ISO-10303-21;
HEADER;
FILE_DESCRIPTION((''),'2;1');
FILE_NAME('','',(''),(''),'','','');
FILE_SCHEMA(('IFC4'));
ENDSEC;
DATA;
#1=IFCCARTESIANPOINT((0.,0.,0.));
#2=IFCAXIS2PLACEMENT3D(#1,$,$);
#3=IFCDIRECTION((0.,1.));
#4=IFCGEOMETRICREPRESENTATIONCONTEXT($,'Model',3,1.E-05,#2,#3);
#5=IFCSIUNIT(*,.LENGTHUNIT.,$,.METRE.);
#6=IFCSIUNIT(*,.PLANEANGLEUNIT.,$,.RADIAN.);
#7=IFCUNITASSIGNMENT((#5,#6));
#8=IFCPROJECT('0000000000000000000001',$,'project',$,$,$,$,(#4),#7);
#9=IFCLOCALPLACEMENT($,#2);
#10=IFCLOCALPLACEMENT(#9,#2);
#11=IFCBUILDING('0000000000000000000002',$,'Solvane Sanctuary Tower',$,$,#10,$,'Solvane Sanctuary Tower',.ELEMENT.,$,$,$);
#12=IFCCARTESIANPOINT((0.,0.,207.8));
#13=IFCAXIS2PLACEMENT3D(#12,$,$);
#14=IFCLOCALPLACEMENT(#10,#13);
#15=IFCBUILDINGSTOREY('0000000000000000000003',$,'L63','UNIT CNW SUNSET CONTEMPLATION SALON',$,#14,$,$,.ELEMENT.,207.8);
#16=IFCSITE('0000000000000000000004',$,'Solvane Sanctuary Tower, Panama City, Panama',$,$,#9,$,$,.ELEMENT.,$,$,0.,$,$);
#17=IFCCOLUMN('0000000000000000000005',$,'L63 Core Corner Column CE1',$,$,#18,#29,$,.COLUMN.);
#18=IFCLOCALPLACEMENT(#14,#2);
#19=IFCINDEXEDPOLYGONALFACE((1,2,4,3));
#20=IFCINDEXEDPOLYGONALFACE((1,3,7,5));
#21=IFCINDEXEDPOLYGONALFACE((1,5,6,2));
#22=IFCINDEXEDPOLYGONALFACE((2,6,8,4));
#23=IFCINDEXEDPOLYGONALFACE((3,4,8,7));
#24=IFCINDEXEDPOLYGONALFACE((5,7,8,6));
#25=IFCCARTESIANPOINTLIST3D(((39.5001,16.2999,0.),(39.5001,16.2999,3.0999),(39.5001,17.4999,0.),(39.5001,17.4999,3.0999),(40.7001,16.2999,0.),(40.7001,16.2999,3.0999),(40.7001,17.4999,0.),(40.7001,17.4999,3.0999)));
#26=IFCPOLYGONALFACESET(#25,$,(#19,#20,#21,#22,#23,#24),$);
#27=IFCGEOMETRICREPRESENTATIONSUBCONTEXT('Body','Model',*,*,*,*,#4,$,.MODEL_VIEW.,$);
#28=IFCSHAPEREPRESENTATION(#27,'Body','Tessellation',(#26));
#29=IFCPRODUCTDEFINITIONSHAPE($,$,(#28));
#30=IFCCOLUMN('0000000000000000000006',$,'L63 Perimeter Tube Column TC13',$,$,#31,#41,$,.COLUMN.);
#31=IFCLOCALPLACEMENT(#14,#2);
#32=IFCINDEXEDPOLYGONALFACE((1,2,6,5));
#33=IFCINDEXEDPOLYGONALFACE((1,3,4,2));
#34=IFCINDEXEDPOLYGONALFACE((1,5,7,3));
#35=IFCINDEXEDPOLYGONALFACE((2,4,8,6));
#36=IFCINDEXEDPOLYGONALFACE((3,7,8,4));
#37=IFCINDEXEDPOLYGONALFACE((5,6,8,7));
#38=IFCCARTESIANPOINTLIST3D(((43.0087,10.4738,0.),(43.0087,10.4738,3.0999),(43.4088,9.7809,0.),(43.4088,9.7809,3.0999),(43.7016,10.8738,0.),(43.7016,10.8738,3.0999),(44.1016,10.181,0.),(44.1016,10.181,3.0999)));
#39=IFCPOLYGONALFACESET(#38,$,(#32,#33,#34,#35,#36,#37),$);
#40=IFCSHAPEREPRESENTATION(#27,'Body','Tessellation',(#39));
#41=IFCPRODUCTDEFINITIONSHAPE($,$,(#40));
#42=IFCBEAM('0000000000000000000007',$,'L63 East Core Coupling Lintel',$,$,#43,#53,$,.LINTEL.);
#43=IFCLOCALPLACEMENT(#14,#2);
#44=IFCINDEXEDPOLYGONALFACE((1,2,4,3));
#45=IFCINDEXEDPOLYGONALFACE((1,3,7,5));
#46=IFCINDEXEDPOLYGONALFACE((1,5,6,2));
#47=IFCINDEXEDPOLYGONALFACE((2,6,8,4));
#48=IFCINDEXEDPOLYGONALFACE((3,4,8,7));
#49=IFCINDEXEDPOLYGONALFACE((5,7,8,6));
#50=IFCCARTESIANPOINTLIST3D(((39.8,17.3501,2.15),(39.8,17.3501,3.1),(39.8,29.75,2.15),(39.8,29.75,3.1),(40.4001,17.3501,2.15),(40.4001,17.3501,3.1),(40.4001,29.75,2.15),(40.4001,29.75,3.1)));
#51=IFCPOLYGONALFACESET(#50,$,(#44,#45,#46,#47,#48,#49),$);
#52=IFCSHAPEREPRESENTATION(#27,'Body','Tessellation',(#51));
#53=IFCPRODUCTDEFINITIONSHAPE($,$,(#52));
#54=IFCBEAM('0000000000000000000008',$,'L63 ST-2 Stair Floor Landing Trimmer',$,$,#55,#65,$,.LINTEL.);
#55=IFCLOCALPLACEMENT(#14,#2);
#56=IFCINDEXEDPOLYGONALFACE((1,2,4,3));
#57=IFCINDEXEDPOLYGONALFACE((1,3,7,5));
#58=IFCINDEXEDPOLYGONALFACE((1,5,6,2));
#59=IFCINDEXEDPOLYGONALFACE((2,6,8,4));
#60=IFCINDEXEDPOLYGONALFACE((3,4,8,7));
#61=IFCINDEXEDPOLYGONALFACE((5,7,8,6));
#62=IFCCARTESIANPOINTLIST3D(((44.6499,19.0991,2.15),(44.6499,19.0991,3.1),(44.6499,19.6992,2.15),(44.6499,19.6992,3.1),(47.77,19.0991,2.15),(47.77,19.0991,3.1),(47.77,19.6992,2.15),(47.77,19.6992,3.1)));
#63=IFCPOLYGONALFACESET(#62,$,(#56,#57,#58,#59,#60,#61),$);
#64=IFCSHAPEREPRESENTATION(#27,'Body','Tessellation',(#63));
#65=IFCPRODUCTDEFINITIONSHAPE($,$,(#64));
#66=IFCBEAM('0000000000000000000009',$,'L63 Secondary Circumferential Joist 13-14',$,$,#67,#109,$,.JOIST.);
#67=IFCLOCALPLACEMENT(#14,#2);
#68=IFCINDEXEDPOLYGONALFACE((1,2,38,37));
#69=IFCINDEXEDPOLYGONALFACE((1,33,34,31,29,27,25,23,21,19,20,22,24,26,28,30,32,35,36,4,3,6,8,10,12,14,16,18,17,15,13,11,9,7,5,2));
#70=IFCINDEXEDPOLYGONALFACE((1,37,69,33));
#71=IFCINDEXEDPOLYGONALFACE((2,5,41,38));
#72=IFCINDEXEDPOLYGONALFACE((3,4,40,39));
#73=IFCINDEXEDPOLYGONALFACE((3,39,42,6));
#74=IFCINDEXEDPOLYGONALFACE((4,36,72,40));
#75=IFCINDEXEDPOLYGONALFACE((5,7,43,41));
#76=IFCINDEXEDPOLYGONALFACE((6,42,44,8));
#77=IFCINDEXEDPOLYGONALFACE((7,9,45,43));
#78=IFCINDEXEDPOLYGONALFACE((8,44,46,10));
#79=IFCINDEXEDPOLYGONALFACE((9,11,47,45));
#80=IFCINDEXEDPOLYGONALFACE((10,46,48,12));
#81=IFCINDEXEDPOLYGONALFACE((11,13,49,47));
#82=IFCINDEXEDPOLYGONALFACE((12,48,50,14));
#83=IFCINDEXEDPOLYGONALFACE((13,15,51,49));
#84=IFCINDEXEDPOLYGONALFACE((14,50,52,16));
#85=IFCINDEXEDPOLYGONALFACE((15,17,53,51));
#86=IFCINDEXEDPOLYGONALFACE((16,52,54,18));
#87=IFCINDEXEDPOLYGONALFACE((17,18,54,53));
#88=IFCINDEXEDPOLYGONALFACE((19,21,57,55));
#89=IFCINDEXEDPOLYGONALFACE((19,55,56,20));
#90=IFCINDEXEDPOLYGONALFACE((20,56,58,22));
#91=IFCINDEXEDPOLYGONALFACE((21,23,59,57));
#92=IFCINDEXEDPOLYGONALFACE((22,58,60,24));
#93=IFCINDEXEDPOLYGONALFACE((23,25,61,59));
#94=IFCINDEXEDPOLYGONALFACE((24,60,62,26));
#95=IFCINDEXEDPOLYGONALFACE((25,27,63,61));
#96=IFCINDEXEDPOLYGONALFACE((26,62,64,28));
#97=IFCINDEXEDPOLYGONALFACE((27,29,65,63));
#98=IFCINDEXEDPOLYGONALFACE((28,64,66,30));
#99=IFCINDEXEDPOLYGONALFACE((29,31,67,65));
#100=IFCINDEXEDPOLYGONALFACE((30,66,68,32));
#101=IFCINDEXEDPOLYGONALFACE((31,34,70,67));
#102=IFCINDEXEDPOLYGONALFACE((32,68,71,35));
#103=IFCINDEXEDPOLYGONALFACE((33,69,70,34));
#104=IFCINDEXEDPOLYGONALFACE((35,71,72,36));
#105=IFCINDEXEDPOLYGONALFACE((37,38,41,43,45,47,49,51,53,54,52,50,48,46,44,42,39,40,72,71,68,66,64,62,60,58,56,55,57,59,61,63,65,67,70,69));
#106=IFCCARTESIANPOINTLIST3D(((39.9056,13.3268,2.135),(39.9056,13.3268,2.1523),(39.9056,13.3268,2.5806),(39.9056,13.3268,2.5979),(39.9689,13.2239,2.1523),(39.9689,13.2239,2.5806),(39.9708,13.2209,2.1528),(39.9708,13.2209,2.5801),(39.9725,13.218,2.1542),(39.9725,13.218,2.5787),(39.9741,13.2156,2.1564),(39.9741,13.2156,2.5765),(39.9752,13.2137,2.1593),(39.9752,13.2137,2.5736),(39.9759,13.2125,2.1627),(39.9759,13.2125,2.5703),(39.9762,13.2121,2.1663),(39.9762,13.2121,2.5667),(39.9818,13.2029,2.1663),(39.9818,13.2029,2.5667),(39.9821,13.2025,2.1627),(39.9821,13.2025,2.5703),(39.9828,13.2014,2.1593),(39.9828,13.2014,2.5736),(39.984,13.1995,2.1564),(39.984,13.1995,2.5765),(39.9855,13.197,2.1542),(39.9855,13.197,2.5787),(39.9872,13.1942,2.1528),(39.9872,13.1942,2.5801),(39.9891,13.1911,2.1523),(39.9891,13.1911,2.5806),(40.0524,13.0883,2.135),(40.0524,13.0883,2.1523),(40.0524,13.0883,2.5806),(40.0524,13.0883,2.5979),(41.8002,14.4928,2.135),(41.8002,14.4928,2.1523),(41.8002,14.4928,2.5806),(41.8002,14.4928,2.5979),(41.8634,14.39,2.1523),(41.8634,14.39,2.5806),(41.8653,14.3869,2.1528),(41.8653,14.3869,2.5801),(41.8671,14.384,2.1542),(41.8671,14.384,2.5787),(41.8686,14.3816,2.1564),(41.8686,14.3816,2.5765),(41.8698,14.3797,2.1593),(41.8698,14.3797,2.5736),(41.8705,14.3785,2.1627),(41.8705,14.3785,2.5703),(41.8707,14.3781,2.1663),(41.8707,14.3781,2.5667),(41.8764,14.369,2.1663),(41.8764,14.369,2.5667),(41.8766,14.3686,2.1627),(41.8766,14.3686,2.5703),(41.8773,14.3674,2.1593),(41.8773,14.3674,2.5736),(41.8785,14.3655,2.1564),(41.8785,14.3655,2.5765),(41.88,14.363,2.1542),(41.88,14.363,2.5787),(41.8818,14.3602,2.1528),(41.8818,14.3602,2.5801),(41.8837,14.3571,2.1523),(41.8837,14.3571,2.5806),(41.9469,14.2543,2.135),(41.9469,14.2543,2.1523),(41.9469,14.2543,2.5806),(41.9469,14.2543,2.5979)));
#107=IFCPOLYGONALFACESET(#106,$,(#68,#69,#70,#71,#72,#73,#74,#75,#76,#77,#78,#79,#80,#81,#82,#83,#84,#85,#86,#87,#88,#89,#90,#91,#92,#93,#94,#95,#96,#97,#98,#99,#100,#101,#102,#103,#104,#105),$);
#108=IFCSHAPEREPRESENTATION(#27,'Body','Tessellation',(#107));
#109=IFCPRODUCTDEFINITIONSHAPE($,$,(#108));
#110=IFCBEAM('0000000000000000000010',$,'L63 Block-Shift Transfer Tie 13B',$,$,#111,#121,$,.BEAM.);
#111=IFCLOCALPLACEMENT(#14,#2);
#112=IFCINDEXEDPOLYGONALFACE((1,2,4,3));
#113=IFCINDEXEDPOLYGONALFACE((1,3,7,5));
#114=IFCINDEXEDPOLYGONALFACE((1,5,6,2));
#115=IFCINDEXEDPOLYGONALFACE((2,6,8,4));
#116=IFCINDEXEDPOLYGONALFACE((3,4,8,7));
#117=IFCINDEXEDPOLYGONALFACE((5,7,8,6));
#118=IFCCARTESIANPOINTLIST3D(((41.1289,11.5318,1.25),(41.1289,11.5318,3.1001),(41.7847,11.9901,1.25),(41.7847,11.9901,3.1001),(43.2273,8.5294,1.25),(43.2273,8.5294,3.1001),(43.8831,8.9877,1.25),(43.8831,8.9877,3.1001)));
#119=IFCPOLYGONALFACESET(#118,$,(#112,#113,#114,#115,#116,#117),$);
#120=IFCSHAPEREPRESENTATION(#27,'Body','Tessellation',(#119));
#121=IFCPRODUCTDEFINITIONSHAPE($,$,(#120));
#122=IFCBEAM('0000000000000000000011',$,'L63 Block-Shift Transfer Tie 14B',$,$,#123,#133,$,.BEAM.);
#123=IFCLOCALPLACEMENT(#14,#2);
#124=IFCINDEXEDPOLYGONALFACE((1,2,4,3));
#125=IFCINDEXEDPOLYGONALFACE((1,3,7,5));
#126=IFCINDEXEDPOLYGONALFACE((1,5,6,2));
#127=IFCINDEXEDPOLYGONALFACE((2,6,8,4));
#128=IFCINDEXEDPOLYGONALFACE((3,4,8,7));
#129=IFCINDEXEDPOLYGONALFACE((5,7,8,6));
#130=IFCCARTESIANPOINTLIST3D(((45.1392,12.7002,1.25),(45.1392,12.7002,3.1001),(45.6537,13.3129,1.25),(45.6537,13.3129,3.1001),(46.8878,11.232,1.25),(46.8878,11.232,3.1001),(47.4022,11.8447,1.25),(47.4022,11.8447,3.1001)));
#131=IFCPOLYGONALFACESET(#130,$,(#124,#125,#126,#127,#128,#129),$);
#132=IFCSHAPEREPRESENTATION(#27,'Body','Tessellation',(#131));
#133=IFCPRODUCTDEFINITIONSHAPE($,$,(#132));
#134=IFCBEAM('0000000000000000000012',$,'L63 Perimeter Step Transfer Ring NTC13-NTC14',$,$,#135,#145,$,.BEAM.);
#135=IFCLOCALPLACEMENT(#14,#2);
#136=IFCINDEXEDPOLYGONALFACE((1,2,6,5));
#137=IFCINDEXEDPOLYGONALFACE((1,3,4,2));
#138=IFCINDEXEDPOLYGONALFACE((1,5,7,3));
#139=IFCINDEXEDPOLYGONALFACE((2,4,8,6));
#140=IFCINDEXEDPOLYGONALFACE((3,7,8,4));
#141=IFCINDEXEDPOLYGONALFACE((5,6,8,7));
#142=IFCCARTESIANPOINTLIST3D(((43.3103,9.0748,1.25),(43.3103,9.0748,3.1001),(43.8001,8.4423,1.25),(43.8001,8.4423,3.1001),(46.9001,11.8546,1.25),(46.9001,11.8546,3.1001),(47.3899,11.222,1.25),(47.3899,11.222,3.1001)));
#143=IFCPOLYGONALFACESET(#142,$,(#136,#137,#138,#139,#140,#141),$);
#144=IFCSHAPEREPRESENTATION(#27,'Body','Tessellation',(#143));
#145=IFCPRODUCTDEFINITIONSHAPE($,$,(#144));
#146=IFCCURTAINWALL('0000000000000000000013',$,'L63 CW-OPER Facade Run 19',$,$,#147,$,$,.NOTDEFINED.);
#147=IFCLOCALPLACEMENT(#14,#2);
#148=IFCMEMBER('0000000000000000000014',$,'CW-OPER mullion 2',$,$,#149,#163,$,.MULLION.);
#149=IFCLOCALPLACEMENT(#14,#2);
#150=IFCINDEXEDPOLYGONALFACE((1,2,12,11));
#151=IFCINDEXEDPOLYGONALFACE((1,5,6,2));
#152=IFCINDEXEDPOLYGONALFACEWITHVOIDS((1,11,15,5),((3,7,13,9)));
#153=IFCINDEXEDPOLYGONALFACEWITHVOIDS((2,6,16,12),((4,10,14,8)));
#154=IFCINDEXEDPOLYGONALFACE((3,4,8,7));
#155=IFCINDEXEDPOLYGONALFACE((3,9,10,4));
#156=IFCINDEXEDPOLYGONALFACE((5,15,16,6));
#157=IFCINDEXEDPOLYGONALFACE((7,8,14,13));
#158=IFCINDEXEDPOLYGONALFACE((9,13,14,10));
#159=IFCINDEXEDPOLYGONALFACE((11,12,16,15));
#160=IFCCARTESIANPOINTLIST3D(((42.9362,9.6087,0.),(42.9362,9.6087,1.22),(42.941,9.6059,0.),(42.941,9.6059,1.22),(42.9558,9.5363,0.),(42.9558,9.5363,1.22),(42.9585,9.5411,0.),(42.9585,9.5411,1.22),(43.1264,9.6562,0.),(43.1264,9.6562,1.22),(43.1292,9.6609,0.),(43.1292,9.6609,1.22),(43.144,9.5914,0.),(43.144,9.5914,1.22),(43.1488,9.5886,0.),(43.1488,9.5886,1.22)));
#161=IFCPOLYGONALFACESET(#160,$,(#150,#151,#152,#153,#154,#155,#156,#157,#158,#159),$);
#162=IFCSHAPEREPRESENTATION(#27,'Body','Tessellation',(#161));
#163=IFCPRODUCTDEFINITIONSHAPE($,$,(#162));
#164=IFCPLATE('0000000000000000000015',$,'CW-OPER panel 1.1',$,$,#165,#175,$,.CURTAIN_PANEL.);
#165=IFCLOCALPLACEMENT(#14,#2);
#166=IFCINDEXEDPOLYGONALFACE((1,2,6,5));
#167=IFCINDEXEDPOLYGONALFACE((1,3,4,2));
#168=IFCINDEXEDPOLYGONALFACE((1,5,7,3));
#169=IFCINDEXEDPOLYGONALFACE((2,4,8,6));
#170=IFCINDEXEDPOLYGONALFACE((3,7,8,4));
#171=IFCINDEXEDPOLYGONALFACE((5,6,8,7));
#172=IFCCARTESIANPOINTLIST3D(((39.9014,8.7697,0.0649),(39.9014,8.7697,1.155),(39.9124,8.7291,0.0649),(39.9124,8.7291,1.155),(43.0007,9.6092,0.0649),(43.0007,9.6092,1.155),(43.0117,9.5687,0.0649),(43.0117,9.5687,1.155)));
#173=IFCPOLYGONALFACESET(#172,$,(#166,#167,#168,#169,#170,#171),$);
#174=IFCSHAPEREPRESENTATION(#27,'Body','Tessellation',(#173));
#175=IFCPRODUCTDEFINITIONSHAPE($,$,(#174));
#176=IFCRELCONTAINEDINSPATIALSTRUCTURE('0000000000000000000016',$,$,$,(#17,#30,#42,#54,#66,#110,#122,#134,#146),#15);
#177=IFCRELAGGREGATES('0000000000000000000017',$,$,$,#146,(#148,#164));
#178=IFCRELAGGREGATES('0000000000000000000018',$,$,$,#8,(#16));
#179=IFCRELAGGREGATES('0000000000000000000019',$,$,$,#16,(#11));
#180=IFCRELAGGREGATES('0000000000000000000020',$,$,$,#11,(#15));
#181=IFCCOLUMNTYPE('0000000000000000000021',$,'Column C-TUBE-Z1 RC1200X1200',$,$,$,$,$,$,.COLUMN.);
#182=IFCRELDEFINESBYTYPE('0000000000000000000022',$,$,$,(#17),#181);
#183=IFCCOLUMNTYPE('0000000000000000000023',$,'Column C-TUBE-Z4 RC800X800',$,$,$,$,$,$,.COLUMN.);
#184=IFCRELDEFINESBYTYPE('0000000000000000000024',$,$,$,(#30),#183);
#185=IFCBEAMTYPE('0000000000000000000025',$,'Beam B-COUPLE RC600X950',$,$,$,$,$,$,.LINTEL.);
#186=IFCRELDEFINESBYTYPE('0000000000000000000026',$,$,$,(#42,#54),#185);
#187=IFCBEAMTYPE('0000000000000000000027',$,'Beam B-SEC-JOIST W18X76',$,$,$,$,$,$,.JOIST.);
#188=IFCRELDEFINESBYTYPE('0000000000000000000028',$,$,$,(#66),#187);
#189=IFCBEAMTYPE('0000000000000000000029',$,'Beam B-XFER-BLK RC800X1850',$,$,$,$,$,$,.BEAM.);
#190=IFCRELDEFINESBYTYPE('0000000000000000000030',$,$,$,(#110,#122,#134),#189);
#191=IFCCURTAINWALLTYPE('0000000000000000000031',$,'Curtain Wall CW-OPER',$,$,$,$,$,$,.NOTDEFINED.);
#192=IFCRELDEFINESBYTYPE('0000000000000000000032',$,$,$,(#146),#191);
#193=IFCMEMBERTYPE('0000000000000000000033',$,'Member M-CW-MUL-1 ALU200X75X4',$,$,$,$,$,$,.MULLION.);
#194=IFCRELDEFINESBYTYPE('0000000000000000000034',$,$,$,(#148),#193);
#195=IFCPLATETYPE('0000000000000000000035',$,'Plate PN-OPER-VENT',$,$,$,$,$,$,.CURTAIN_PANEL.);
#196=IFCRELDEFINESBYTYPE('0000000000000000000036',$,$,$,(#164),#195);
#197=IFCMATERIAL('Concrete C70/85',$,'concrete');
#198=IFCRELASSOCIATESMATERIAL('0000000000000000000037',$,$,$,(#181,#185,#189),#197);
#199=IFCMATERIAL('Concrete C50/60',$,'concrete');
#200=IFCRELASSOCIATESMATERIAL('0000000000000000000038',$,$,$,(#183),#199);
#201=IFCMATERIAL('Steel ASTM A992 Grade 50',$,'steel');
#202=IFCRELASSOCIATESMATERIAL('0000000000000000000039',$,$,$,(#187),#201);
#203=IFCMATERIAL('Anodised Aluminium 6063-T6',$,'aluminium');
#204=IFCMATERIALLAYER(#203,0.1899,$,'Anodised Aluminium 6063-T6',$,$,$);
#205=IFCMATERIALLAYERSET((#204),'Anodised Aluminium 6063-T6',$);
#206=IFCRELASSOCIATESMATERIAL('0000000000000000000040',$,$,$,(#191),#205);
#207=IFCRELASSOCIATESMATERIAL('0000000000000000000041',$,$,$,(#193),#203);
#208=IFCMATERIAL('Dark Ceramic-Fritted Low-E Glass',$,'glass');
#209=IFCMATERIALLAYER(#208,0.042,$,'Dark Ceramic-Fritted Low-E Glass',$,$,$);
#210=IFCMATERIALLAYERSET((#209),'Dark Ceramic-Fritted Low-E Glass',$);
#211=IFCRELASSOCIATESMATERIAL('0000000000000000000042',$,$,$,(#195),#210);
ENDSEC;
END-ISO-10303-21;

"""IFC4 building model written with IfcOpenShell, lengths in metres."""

from ifc_helpers import new_model, si_unit, direction, frame, origin, origin_2d, place, context, subcontext, project, spatial, rectangle, hollow_rectangle, i_section, extrude, material, layer, layer_set, material_profile, profile_set, type_object, element, aggregate, save


model = new_model("IFC4")

# Units and contexts
model_context = context("Model", 3, precision=1e-05, world=origin(), true_north=direction((0.0, 1.0)))
body_context = subcontext(model_context, "Body", "Model", "MODEL_VIEW")
ifc_project = project(units=[si_unit("LENGTHUNIT", "METRE"), si_unit("PLANEANGLEUNIT", "RADIAN")], contexts=[model_context])

# Site, building, storey
site_placement = place(None, origin())
site = spatial("IfcSite", under=ifc_project, at=site_placement, Name="Solvane Sanctuary Tower, Panama City, Panama", CompositionType="ELEMENT", RefElevation=0.0)
building_placement = place(site_placement, origin())
building = spatial("IfcBuilding", under=site, at=building_placement, Name="Solvane Sanctuary Tower", LongName="Solvane Sanctuary Tower", CompositionType="ELEMENT")
storey_placement = place(building_placement, frame((0.0, 0.0, 207.8)))
storey = spatial("IfcBuildingStorey", under=building, at=storey_placement, Name="L63", Description="UNIT CNW SUNSET CONTEMPLATION SALON", CompositionType="ELEMENT", Elevation=207.8)

# Columns
ifc_material_1 = material(Name="Concrete C70/85", Category="concrete")
ifc_material_profile_1 = material_profile(ifc_material_1, rectangle(XDim=1.2, YDim=1.2, at=origin_2d()), Name="RC1200X1200")
ifc_profile_set_1 = profile_set([ifc_material_profile_1], Name="Concrete C70/85")
column_type_1 = type_object("IfcColumnType", Name="Column C-TUBE-Z1 RC1200X1200", PredefinedType="COLUMN", material=ifc_profile_set_1)
column_1_placement = place(storey_placement, frame((40.1001, 16.8999, 0.0), z_axis=(0.0, 0.0, 1.0), x_axis=(1.0, 0.0, 0.0)))
element("IfcColumn", 1, at=column_1_placement, inside=storey, type_object=column_type_1, Name="L63 Core Corner Column CE1", PredefinedType="COLUMN", context=body_context, shape_type="SweptSolid", body=[
    extrude(rectangle(XDim=1.2, YDim=1.2, at=origin_2d()), origin(), (0.0, 0.0, 1.0), 3.0999),
])
ifc_material_2 = material(Name="Concrete C50/60", Category="concrete")
ifc_material_profile_2 = material_profile(ifc_material_2, rectangle(XDim=0.8, YDim=0.8, at=origin_2d()), Name="RC800X800")
ifc_profile_set_2 = profile_set([ifc_material_profile_2], Name="Concrete C50/60")
column_type_2 = type_object("IfcColumnType", Name="Column C-TUBE-Z4 RC800X800", PredefinedType="COLUMN", material=ifc_profile_set_2)
column_2_placement = place(storey_placement, frame((43.5552, 10.3274, 0.0), z_axis=(0.0, 0.0, 1.0), x_axis=(0.5, -0.866025, 0.0)))
element("IfcColumn", 2, at=column_2_placement, inside=storey, type_object=column_type_2, Name="L63 Perimeter Tube Column TC13", PredefinedType="COLUMN", context=body_context, shape_type="SweptSolid", body=[
    extrude(rectangle(XDim=0.8, YDim=0.8, at=origin_2d()), origin(), (0.0, 0.0, 1.0), 3.0999),
])

# Beams
ifc_material_profile_3 = material_profile(ifc_material_1, rectangle(XDim=0.6001, YDim=0.95, at=origin_2d()), Name="RC600X950")
ifc_profile_set_3 = profile_set([ifc_material_profile_3], Name="Concrete C70/85")
beam_type_1 = type_object("IfcBeamType", Name="Beam B-COUPLE RC600X950", PredefinedType="LINTEL", material=ifc_profile_set_3)
beam_1_placement = place(storey_placement, frame((40.1001, 17.3501, 2.625), z_axis=(0.0, 1.0, 0.0), x_axis=(-1.0, 0.0, 0.0)))
element("IfcBeam", 3, at=beam_1_placement, inside=storey, type_object=beam_type_1, Name="L63 East Core Coupling Lintel", PredefinedType="LINTEL", context=body_context, shape_type="SweptSolid", body=[
    extrude(rectangle(XDim=0.6001, YDim=0.95, at=origin_2d()), origin(), (0.0, 0.0, 1.0), 12.3999),
])
beam_2_placement = place(storey_placement, frame((44.6499, 19.3992, 2.625), z_axis=(1.0, 0.0, 0.0), x_axis=(0.0, 1.0, 0.0)))
element("IfcBeam", 4, at=beam_2_placement, inside=storey, type_object=beam_type_1, Name="L63 ST-2 Stair Floor Landing Trimmer", PredefinedType="LINTEL", context=body_context, shape_type="SweptSolid", body=[
    extrude(rectangle(XDim=0.6001, YDim=0.95, at=origin_2d()), origin(), (0.0, 0.0, 1.0), 3.1201),
])
ifc_material_3 = material(Name="Steel ASTM A992 Grade 50", Category="steel")
ifc_material_profile_4 = material_profile(ifc_material_3, i_section(OverallWidth=0.28, OverallDepth=0.4629, WebThickness=0.0107, FlangeThickness=0.0173, FilletRadius=0.0139, at=origin_2d()), Name="W18X76")
ifc_profile_set_4 = profile_set([ifc_material_profile_4], Name="Steel ASTM A992 Grade 50")
beam_type_2 = type_object("IfcBeamType", Name="Beam B-SEC-JOIST W18X76", PredefinedType="JOIST", material=ifc_profile_set_4)
beam_3_placement = place(storey_placement, frame((39.979, 13.2075, 2.3665), z_axis=(0.851628, 0.524146, 0.0), x_axis=(-0.524146, 0.851628, 0.0)))
element("IfcBeam", 5, at=beam_3_placement, inside=storey, type_object=beam_type_2, Name="L63 Secondary Circumferential Joist 13-14", PredefinedType="JOIST", context=body_context, shape_type="SweptSolid", body=[
    extrude(i_section(OverallWidth=0.28, OverallDepth=0.4629, WebThickness=0.0107, FlangeThickness=0.0173, FilletRadius=0.0139, at=origin_2d()), origin(), (0.0, 0.0, 1.0), 2.2246),
])
ifc_material_profile_5 = material_profile(ifc_material_1, rectangle(XDim=0.8, YDim=1.8501, at=origin_2d()), Name="RC800X1850")
ifc_profile_set_5 = profile_set([ifc_material_profile_5], Name="Concrete C70/85")
beam_type_3 = type_object("IfcBeamType", Name="Beam B-XFER-BLK RC800X1850", PredefinedType="BEAM", material=ifc_profile_set_5)
beam_4_placement = place(storey_placement, frame((41.4568, 11.761, 2.175), z_axis=(0.572854, -0.819658, 0.0), x_axis=(0.819658, 0.572854, 0.0)))
element("IfcBeam", 6, at=beam_4_placement, inside=storey, type_object=beam_type_3, Name="L63 Block-Shift Transfer Tie 13B", PredefinedType="BEAM", context=body_context, shape_type="SweptSolid", body=[
    extrude(rectangle(XDim=0.8, YDim=1.8501, at=origin_2d()), origin(), (0.0, 0.0, 1.0), 3.6631),
])
beam_5_placement = place(storey_placement, frame((45.3965, 13.0066, 2.175), z_axis=(0.765814, -0.643062, 0.0), x_axis=(0.643062, 0.765814, 0.0)))
element("IfcBeam", 7, at=beam_5_placement, inside=storey, type_object=beam_type_3, Name="L63 Block-Shift Transfer Tie 14B", PredefinedType="BEAM", context=body_context, shape_type="SweptSolid", body=[
    extrude(rectangle(XDim=0.8, YDim=1.8501, at=origin_2d()), origin(), (0.0, 0.0, 1.0), 2.2832),
])
beam_6_placement = place(storey_placement, frame((43.5552, 8.7585, 2.175), z_axis=(0.790665, 0.612249, 0.0), x_axis=(-0.612249, 0.790665, 0.0)))
element("IfcBeam", 8, at=beam_6_placement, inside=storey, type_object=beam_type_3, Name="L63 Perimeter Step Transfer Ring NTC13-NTC14", PredefinedType="BEAM", context=body_context, shape_type="SweptSolid", body=[
    extrude(rectangle(XDim=0.8, YDim=1.8501, at=origin_2d()), origin(), (0.0, 0.0, 1.0), 4.5403),
])

# Curtain wall, member, plate
ifc_material_4 = material(Name="Anodised Aluminium 6063-T6", Category="aluminium")
ifc_layer_1 = layer(ifc_material_4, 0.1899, Name="Anodised Aluminium 6063-T6")
ifc_layer_set_1 = layer_set([ifc_layer_1], Name="Anodised Aluminium 6063-T6")
curtain_wall_type = type_object("IfcCurtainWallType", Name="Curtain Wall CW-OPER", PredefinedType="NOTDEFINED", material=ifc_layer_set_1)
curtain_wall_placement = place(storey_placement, origin())
curtain_wall = element("IfcCurtainWall", 9, at=curtain_wall_placement, inside=storey, type_object=curtain_wall_type, Name="L63 CW-OPER Facade Run 19", PredefinedType="NOTDEFINED")
ifc_material_profile_6 = material_profile(ifc_material_4, hollow_rectangle(XDim=0.075, YDim=0.2, WallThickness=0.0039, at=origin_2d()), Name="ALU200X75X4")
ifc_profile_set_6 = profile_set([ifc_material_profile_6], Name="Anodised Aluminium 6063-T6")
member_type = type_object("IfcMemberType", Name="Member M-CW-MUL-1 ALU200X75X4", PredefinedType="MULLION", material=ifc_profile_set_6)
member_placement = place(storey_placement, frame((43.0425, 9.5986, 0.0), z_axis=(0.0, 0.0, 1.0), x_axis=(-0.261468, 0.965212, 0.0)))
member = element("IfcMember", 10, at=member_placement, type_object=member_type, Name="CW-OPER mullion 2", PredefinedType="MULLION", context=body_context, shape_type="SweptSolid", body=[
    extrude(hollow_rectangle(XDim=0.075, YDim=0.2, WallThickness=0.0039, at=origin_2d()), origin(), (0.0, 0.0, 1.0), 1.22),
])
ifc_material_5 = material(Name="Dark Ceramic-Fritted Low-E Glass", Category="glass")
ifc_layer_2 = layer(ifc_material_5, 0.042, Name="Dark Ceramic-Fritted Low-E Glass")
ifc_layer_set_2 = layer_set([ifc_layer_2], Name="Dark Ceramic-Fritted Low-E Glass")
plate_type = type_object("IfcPlateType", Name="Plate PN-OPER-VENT", PredefinedType="CURTAIN_PANEL", material=ifc_layer_set_2)
plate_placement = place(storey_placement, frame((41.4565, 9.1692, 0.0649), z_axis=(0.0, 0.0, 1.0), x_axis=(0.965212, 0.261468, 0.0)))
plate = element("IfcPlate", 11, at=plate_placement, type_object=plate_type, Name="CW-OPER panel 1.1", PredefinedType="CURTAIN_PANEL", context=body_context, shape_type="SweptSolid", body=[
    extrude(rectangle(XDim=3.2109, YDim=0.042, at=origin_2d()), origin(), (0.0, 0.0, 1.0), 1.0901),
])
aggregate(curtain_wall, [member, plate])

save(model, "model.ifc")
